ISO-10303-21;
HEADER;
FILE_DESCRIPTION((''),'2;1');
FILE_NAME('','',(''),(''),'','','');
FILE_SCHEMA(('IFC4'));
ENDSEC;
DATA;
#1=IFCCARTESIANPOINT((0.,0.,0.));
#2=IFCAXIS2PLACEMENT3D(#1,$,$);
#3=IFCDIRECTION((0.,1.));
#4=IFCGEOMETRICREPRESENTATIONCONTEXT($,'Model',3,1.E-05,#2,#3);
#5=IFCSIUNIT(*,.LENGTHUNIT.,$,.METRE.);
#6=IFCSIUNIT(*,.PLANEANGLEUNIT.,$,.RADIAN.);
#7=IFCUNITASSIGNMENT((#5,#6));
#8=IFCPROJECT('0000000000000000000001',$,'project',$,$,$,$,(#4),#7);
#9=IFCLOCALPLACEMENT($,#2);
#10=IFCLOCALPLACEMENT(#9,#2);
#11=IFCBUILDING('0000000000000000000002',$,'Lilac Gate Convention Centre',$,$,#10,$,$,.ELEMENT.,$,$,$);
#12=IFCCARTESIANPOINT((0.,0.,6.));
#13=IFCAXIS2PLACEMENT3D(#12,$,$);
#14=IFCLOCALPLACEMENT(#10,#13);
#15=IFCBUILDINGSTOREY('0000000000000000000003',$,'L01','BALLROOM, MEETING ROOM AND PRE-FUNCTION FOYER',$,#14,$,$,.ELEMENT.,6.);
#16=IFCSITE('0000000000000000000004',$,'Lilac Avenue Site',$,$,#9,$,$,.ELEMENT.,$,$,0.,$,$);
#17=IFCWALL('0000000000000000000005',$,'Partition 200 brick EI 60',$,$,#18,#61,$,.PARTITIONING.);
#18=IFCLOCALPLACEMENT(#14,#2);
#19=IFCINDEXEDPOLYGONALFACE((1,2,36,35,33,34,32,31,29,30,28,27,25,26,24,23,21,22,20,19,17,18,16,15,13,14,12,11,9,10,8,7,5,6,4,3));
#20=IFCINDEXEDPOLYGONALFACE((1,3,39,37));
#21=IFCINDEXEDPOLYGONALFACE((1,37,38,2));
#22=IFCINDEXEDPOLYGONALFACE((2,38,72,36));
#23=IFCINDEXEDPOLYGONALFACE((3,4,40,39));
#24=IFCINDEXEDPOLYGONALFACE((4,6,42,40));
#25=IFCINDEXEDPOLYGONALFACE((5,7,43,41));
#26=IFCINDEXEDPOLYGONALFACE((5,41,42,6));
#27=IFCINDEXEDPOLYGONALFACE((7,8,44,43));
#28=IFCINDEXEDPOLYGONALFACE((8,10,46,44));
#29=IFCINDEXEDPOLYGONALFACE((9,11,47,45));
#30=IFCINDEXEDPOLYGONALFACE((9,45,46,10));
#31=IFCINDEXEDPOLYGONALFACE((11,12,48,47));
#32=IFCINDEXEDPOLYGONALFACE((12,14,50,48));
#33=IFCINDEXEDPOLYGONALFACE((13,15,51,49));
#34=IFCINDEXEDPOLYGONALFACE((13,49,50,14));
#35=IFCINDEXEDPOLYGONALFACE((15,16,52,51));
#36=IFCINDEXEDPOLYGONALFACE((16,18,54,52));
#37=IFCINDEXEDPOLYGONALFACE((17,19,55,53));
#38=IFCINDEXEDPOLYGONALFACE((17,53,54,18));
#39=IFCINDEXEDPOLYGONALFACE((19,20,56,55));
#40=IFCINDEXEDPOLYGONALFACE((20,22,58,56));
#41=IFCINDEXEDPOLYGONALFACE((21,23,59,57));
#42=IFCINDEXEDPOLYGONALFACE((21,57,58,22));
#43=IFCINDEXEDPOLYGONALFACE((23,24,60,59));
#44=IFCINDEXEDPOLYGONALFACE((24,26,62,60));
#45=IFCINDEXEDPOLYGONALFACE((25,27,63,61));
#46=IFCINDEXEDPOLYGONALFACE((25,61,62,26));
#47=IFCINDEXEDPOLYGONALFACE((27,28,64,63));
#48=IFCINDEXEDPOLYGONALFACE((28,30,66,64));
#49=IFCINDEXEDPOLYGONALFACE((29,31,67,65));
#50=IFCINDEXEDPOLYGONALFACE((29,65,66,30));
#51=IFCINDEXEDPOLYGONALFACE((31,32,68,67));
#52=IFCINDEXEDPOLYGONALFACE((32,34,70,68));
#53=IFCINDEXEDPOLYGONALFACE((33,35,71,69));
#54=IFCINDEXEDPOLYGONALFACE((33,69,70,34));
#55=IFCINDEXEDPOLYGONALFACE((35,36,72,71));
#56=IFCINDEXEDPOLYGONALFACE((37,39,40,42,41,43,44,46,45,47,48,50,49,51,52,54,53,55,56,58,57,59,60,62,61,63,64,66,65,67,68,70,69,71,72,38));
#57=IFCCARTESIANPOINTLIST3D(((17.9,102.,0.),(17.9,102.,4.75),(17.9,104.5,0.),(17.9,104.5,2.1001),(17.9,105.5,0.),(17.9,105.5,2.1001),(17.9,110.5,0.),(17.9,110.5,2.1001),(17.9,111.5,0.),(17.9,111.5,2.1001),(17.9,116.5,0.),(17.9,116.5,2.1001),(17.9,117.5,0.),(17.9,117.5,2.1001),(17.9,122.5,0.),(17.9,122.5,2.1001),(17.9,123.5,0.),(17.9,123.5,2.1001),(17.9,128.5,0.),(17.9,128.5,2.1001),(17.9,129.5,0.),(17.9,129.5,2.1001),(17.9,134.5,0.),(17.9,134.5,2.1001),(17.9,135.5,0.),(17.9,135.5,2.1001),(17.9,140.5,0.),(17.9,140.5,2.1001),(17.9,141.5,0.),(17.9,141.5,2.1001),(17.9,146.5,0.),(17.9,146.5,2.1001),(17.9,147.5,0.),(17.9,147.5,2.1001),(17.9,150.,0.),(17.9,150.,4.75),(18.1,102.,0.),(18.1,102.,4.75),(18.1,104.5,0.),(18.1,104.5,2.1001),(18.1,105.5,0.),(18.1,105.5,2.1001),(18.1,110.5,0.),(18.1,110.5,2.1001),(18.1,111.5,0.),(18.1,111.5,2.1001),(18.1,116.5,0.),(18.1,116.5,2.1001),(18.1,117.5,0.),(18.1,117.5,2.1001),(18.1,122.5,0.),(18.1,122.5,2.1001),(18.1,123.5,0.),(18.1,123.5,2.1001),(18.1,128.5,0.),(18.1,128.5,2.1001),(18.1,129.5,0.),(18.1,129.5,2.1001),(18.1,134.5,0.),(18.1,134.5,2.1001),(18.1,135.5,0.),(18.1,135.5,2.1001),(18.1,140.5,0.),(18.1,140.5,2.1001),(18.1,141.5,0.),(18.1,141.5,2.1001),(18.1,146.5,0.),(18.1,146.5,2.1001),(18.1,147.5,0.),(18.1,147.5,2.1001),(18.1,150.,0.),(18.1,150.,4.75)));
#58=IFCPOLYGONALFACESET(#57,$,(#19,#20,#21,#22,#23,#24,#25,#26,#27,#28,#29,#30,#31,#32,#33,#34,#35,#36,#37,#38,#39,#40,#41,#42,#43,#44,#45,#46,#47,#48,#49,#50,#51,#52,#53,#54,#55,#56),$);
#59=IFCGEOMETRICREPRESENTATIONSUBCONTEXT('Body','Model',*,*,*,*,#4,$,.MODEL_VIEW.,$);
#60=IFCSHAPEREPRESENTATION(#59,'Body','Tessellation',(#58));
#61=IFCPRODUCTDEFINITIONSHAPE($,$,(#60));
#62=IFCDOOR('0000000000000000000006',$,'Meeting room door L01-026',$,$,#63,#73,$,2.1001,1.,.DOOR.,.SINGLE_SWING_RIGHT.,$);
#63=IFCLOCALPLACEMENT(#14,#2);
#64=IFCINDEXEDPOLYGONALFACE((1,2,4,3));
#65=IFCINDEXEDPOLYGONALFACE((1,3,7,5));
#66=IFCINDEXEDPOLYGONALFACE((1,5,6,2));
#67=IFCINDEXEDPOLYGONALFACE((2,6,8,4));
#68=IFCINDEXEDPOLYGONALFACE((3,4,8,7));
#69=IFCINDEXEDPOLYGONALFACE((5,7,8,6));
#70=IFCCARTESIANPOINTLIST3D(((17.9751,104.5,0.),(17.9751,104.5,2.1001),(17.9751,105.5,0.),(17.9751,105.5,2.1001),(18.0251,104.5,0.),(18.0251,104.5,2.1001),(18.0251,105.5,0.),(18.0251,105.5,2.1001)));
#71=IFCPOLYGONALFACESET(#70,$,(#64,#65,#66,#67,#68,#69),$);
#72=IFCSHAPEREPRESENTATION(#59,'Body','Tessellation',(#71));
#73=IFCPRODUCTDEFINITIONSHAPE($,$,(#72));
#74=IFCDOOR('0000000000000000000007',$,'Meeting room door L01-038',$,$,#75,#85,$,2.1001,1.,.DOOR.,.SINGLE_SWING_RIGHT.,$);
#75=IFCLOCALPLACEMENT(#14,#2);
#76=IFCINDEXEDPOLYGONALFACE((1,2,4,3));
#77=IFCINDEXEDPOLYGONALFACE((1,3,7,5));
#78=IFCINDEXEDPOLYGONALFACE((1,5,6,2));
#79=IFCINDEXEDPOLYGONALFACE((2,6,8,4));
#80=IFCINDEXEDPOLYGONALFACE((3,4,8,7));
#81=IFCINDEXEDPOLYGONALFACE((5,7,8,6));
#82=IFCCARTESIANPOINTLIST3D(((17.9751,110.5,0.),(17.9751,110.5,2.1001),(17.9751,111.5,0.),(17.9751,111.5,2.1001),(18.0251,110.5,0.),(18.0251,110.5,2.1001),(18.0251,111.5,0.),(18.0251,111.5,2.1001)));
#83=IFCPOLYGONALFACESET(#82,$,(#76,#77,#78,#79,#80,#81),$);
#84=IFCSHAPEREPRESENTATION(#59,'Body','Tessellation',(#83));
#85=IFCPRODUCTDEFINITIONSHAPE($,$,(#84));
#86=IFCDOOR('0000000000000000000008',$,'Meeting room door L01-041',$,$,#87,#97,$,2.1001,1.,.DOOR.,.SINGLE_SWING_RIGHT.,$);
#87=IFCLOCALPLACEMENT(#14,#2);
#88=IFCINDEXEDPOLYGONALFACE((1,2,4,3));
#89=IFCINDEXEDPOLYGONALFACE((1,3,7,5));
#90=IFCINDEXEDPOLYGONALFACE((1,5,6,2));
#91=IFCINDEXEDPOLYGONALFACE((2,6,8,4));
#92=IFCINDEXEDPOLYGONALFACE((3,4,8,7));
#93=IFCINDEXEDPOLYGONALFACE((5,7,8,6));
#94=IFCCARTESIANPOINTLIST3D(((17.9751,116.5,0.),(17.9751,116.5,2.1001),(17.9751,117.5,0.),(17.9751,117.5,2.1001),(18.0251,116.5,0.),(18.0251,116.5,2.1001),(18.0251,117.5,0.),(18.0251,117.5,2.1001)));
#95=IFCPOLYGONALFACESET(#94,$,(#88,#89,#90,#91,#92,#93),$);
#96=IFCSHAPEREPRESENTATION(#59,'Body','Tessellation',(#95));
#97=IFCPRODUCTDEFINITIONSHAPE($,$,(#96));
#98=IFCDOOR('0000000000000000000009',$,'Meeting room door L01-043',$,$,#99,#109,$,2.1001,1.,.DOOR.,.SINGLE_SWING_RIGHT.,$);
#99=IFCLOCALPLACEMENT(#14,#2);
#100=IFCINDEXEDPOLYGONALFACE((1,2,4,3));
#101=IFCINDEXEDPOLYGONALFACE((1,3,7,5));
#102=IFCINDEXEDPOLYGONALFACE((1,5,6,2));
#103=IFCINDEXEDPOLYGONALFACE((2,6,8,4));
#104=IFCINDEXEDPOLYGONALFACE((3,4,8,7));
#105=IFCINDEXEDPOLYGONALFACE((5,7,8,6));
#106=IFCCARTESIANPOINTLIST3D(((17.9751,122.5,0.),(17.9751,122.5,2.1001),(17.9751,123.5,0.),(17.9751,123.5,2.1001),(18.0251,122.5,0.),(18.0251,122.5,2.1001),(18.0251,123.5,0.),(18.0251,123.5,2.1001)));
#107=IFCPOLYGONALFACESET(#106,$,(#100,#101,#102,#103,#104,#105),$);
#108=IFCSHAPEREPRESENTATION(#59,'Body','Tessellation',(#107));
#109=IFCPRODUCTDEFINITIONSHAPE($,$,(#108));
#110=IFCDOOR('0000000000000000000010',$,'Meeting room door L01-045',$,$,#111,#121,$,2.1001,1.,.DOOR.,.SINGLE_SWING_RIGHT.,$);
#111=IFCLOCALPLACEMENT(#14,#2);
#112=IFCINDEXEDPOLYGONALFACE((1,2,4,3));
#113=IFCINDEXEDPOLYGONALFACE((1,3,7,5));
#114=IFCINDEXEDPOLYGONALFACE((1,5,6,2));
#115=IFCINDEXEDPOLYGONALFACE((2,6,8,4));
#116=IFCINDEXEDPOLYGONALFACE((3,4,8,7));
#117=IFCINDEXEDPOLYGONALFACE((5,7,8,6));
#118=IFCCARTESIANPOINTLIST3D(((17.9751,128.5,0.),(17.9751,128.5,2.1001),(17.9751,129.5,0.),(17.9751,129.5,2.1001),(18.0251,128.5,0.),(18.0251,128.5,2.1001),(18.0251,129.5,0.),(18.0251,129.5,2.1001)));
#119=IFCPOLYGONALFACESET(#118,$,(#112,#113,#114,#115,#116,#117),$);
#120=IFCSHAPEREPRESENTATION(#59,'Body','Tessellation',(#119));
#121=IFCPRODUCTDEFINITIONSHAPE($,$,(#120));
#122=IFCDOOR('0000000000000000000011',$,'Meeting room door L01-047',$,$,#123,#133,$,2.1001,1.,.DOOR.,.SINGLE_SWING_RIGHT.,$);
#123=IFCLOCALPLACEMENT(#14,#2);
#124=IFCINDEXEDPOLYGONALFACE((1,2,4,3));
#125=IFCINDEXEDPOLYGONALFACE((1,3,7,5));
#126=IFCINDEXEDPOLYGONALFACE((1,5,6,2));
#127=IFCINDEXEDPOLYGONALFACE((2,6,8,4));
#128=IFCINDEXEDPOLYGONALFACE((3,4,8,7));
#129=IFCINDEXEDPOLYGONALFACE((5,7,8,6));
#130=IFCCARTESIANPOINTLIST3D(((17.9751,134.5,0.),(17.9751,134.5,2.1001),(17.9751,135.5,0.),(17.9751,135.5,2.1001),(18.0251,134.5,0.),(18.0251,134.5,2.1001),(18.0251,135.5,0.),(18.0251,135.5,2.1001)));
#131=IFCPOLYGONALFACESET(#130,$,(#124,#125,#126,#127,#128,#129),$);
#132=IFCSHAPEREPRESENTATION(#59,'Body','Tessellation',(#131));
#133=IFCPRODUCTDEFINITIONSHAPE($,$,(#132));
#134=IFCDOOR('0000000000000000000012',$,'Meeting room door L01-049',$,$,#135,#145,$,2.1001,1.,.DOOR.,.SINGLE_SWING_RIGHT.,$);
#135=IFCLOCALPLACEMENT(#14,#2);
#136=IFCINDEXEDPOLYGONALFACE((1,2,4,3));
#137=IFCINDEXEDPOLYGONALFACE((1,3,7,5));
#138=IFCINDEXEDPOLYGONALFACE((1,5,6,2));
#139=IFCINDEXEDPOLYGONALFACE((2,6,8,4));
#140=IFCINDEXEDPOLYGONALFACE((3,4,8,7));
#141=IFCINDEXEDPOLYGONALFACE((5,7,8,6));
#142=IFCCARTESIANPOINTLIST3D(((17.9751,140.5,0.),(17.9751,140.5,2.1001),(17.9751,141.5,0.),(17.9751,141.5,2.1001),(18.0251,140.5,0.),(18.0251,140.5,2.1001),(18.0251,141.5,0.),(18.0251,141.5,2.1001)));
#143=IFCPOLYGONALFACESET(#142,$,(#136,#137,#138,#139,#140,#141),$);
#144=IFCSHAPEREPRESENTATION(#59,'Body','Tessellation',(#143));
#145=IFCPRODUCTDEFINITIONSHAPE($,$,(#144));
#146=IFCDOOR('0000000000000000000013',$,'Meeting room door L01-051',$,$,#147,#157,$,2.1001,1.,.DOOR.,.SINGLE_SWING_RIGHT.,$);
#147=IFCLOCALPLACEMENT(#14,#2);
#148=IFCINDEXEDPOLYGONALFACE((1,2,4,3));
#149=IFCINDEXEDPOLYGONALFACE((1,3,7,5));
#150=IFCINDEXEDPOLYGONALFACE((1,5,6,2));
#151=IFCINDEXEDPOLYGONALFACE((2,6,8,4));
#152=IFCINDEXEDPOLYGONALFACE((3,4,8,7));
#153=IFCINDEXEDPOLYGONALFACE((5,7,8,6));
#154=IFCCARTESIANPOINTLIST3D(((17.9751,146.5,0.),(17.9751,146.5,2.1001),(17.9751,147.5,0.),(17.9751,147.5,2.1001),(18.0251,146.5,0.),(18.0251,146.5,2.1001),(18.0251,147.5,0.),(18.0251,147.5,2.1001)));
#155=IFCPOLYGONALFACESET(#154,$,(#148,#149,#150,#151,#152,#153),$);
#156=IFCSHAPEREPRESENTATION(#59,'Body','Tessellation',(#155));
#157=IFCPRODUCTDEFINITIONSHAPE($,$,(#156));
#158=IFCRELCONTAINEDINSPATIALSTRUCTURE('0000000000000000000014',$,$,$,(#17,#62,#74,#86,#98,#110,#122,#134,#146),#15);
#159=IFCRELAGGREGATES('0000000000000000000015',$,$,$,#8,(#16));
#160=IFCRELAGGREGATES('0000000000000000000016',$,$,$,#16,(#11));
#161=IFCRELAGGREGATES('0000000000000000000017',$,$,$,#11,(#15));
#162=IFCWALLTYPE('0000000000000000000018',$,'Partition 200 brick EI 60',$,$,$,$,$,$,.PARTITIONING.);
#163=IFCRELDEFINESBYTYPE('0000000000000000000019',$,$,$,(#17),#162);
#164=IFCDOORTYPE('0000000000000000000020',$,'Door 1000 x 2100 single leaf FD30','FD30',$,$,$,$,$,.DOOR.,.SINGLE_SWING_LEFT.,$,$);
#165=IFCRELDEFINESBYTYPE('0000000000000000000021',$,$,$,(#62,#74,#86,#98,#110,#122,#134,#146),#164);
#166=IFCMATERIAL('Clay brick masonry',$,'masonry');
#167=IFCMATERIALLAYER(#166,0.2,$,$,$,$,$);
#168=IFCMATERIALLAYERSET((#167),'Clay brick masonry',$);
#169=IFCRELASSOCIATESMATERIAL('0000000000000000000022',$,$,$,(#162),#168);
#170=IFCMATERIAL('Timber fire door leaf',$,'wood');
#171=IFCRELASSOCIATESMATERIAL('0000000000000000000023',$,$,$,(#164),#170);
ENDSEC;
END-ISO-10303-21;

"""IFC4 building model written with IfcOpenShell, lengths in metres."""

from ifc_helpers import new_model, si_unit, direction, frame, frame_2d, origin, place, context, subcontext, project, spatial, rectangle, extrude, material, layer, layer_set, type_object, element, fill, save


model = new_model("IFC4")

# Units and contexts
model_context = context("Model", 3, precision=1e-05, world=origin(), true_north=direction((0.0, 1.0)))
body_context = subcontext(model_context, "Body", "Model", "MODEL_VIEW")
ifc_project = project(units=[si_unit("LENGTHUNIT", "METRE"), si_unit("PLANEANGLEUNIT", "RADIAN")], contexts=[model_context])

# Site, building, storey
site_placement = place(None, origin())
site = spatial("IfcSite", under=ifc_project, at=site_placement, Name="Lilac Avenue Site", CompositionType="ELEMENT", RefElevation=0.0)
building_placement = place(site_placement, origin())
building = spatial("IfcBuilding", under=site, at=building_placement, Name="Lilac Gate Convention Centre", CompositionType="ELEMENT")
storey_placement = place(building_placement, frame((0.0, 0.0, 6.0)))
storey = spatial("IfcBuildingStorey", under=building, at=storey_placement, Name="L01", Description="BALLROOM, MEETING ROOM AND PRE-FUNCTION FOYER", CompositionType="ELEMENT", Elevation=6.0)

# Shared definitions
ifc_material_1 = material(Name="Clay brick masonry", Category="masonry")
ifc_layer_1 = layer(ifc_material_1, 0.2)
ifc_layer_set_1 = layer_set([ifc_layer_1], Name="Clay brick masonry")
wall_type_1 = type_object("IfcWallType", Name="Partition 200 brick EI 60", PredefinedType="PARTITIONING", material=ifc_layer_set_1)

# Wall, openings, doors
wall_1_placement = place(storey_placement, frame((18.0, 102.0, 0.0), z_axis=(0.0, 0.0, 1.0), x_axis=(0.0, 1.0, 0.0)))
wall_1 = element("IfcWall", 1, at=wall_1_placement, inside=storey, type_object=wall_type_1, Name="Partition 200 brick EI 60", PredefinedType="PARTITIONING", context=body_context, shape_type="SweptSolid", body=[
    extrude(rectangle(XDim=48.0, YDim=0.2, at=frame_2d((24.0, 0.0))), origin(), (0.0, 0.0, 1.0), 4.75),
])
opening_1_placement = place(wall_1_placement, frame((2.5, 0.0, 0.0)))
opening_1 = element("IfcOpeningElement", 2, at=opening_1_placement, cuts=wall_1, PredefinedType="OPENING", context=body_context, shape_type="SweptSolid", body=[
    extrude(rectangle(XDim=1.0, YDim=2.1001, at=frame_2d((0.5, 1.05))), frame((0.0, 0.1099, 0.0), z_axis=(0.0, -1.0, 0.0), x_axis=(1.0, 0.0, 0.0)), (0.0, 0.0, 1.0), 0.22),
])
opening_2_placement = place(wall_1_placement, frame((8.5, 0.0, 0.0)))
opening_2 = element("IfcOpeningElement", 3, at=opening_2_placement, cuts=wall_1, PredefinedType="OPENING", context=body_context, shape_type="SweptSolid", body=[
    extrude(rectangle(XDim=1.0, YDim=2.1001, at=frame_2d((0.5, 1.05))), frame((0.0, 0.1099, 0.0), z_axis=(0.0, -1.0, 0.0), x_axis=(1.0, 0.0, 0.0)), (0.0, 0.0, 1.0), 0.22),
])
opening_3_placement = place(wall_1_placement, frame((14.5, 0.0, 0.0)))
opening_3 = element("IfcOpeningElement", 4, at=opening_3_placement, cuts=wall_1, PredefinedType="OPENING", context=body_context, shape_type="SweptSolid", body=[
    extrude(rectangle(XDim=1.0, YDim=2.1001, at=frame_2d((0.5, 1.05))), frame((0.0, 0.1099, 0.0), z_axis=(0.0, -1.0, 0.0), x_axis=(1.0, 0.0, 0.0)), (0.0, 0.0, 1.0), 0.22),
])
opening_4_placement = place(wall_1_placement, frame((20.5, 0.0, 0.0)))
opening_4 = element("IfcOpeningElement", 5, at=opening_4_placement, cuts=wall_1, PredefinedType="OPENING", context=body_context, shape_type="SweptSolid", body=[
    extrude(rectangle(XDim=1.0, YDim=2.1001, at=frame_2d((0.5, 1.05))), frame((0.0, 0.1099, 0.0), z_axis=(0.0, -1.0, 0.0), x_axis=(1.0, 0.0, 0.0)), (0.0, 0.0, 1.0), 0.22),
])
opening_5_placement = place(wall_1_placement, frame((26.5, 0.0, 0.0)))
opening_5 = element("IfcOpeningElement", 6, at=opening_5_placement, cuts=wall_1, PredefinedType="OPENING", context=body_context, shape_type="SweptSolid", body=[
    extrude(rectangle(XDim=1.0, YDim=2.1001, at=frame_2d((0.5, 1.05))), frame((0.0, 0.1099, 0.0), z_axis=(0.0, -1.0, 0.0), x_axis=(1.0, 0.0, 0.0)), (0.0, 0.0, 1.0), 0.22),
])
opening_6_placement = place(wall_1_placement, frame((32.5, 0.0, 0.0)))
opening_6 = element("IfcOpeningElement", 7, at=opening_6_placement, cuts=wall_1, PredefinedType="OPENING", context=body_context, shape_type="SweptSolid", body=[
    extrude(rectangle(XDim=1.0, YDim=2.1001, at=frame_2d((0.5, 1.05))), frame((0.0, 0.1099, 0.0), z_axis=(0.0, -1.0, 0.0), x_axis=(1.0, 0.0, 0.0)), (0.0, 0.0, 1.0), 0.22),
])
opening_7_placement = place(wall_1_placement, frame((38.5, 0.0, 0.0)))
opening_7 = element("IfcOpeningElement", 8, at=opening_7_placement, cuts=wall_1, PredefinedType="OPENING", context=body_context, shape_type="SweptSolid", body=[
    extrude(rectangle(XDim=1.0, YDim=2.1001, at=frame_2d((0.5, 1.05))), frame((0.0, 0.1099, 0.0), z_axis=(0.0, -1.0, 0.0), x_axis=(1.0, 0.0, 0.0)), (0.0, 0.0, 1.0), 0.22),
])
opening_8_placement = place(wall_1_placement, frame((44.5, 0.0, 0.0)))
opening_8 = element("IfcOpeningElement", 9, at=opening_8_placement, cuts=wall_1, PredefinedType="OPENING", context=body_context, shape_type="SweptSolid", body=[
    extrude(rectangle(XDim=1.0, YDim=2.1001, at=frame_2d((0.5, 1.05))), frame((0.0, 0.1099, 0.0), z_axis=(0.0, -1.0, 0.0), x_axis=(1.0, 0.0, 0.0)), (0.0, 0.0, 1.0), 0.22),
])
ifc_material_2 = material(Name="Timber fire door leaf", Category="wood")
door_type = type_object("IfcDoorType", Name="Door 1000 x 2100 single leaf FD30", Description="FD30", OperationType="SINGLE_SWING_LEFT", PredefinedType="DOOR", material=ifc_material_2)
door_1_placement = place(opening_1_placement, origin())
door_1 = element("IfcDoor", 10, at=door_1_placement, inside=storey, type_object=door_type, Name="Meeting room door L01-026", OperationType="SINGLE_SWING_RIGHT", OverallHeight=2.1001, OverallWidth=1.0, PredefinedType="DOOR", context=body_context, shape_type="SweptSolid", body=[
    extrude(rectangle(XDim=1.0, YDim=2.1001, at=frame_2d((0.5, 1.05))), frame((0.0, 0.0249, 0.0), z_axis=(0.0, -1.0, 0.0), x_axis=(1.0, 0.0, 0.0)), (0.0, 0.0, 1.0), 0.05),
])
fill(opening_1, door_1)
door_2_placement = place(opening_2_placement, origin())
door_2 = element("IfcDoor", 11, at=door_2_placement, inside=storey, type_object=door_type, Name="Meeting room door L01-038", OperationType="SINGLE_SWING_RIGHT", OverallHeight=2.1001, OverallWidth=1.0, PredefinedType="DOOR", context=body_context, shape_type="SweptSolid", body=[
    extrude(rectangle(XDim=1.0, YDim=2.1001, at=frame_2d((0.5, 1.05))), frame((0.0, 0.0249, 0.0), z_axis=(0.0, -1.0, 0.0), x_axis=(1.0, 0.0, 0.0)), (0.0, 0.0, 1.0), 0.05),
])
fill(opening_2, door_2)
door_3_placement = place(opening_3_placement, origin())
door_3 = element("IfcDoor", 12, at=door_3_placement, inside=storey, type_object=door_type, Name="Meeting room door L01-041", OperationType="SINGLE_SWING_RIGHT", OverallHeight=2.1001, OverallWidth=1.0, PredefinedType="DOOR", context=body_context, shape_type="SweptSolid", body=[
    extrude(rectangle(XDim=1.0, YDim=2.1001, at=frame_2d((0.5, 1.05))), frame((0.0, 0.0249, 0.0), z_axis=(0.0, -1.0, 0.0), x_axis=(1.0, 0.0, 0.0)), (0.0, 0.0, 1.0), 0.05),
])
fill(opening_3, door_3)
door_4_placement = place(opening_4_placement, origin())
door_4 = element("IfcDoor", 13, at=door_4_placement, inside=storey, type_object=door_type, Name="Meeting room door L01-043", OperationType="SINGLE_SWING_RIGHT", OverallHeight=2.1001, OverallWidth=1.0, PredefinedType="DOOR", context=body_context, shape_type="SweptSolid", body=[
    extrude(rectangle(XDim=1.0, YDim=2.1001, at=frame_2d((0.5, 1.05))), frame((0.0, 0.0249, 0.0), z_axis=(0.0, -1.0, 0.0), x_axis=(1.0, 0.0, 0.0)), (0.0, 0.0, 1.0), 0.05),
])
fill(opening_4, door_4)
door_5_placement = place(opening_5_placement, origin())
door_5 = element("IfcDoor", 14, at=door_5_placement, inside=storey, type_object=door_type, Name="Meeting room door L01-045", OperationType="SINGLE_SWING_RIGHT", OverallHeight=2.1001, OverallWidth=1.0, PredefinedType="DOOR", context=body_context, shape_type="SweptSolid", body=[
    extrude(rectangle(XDim=1.0, YDim=2.1001, at=frame_2d((0.5, 1.05))), frame((0.0, 0.0249, 0.0), z_axis=(0.0, -1.0, 0.0), x_axis=(1.0, 0.0, 0.0)), (0.0, 0.0, 1.0), 0.05),
])
fill(opening_5, door_5)
door_6_placement = place(opening_6_placement, origin())
door_6 = element("IfcDoor", 15, at=door_6_placement, inside=storey, type_object=door_type, Name="Meeting room door L01-047", OperationType="SINGLE_SWING_RIGHT", OverallHeight=2.1001, OverallWidth=1.0, PredefinedType="DOOR", context=body_context, shape_type="SweptSolid", body=[
    extrude(rectangle(XDim=1.0, YDim=2.1001, at=frame_2d((0.5, 1.05))), frame((0.0, 0.0249, 0.0), z_axis=(0.0, -1.0, 0.0), x_axis=(1.0, 0.0, 0.0)), (0.0, 0.0, 1.0), 0.05),
])
fill(opening_6, door_6)
door_7_placement = place(opening_7_placement, origin())
door_7 = element("IfcDoor", 16, at=door_7_placement, inside=storey, type_object=door_type, Name="Meeting room door L01-049", OperationType="SINGLE_SWING_RIGHT", OverallHeight=2.1001, OverallWidth=1.0, PredefinedType="DOOR", context=body_context, shape_type="SweptSolid", body=[
    extrude(rectangle(XDim=1.0, YDim=2.1001, at=frame_2d((0.5, 1.05))), frame((0.0, 0.0249, 0.0), z_axis=(0.0, -1.0, 0.0), x_axis=(1.0, 0.0, 0.0)), (0.0, 0.0, 1.0), 0.05),
])
fill(opening_7, door_7)
door_8_placement = place(opening_8_placement, origin())
door_8 = element("IfcDoor", 17, at=door_8_placement, inside=storey, type_object=door_type, Name="Meeting room door L01-051", OperationType="SINGLE_SWING_RIGHT", OverallHeight=2.1001, OverallWidth=1.0, PredefinedType="DOOR", context=body_context, shape_type="SweptSolid", body=[
    extrude(rectangle(XDim=1.0, YDim=2.1001, at=frame_2d((0.5, 1.05))), frame((0.0, 0.0249, 0.0), z_axis=(0.0, -1.0, 0.0), x_axis=(1.0, 0.0, 0.0)), (0.0, 0.0, 1.0), 0.05),
])
fill(opening_8, door_8)

save(model, "model.ifc")
